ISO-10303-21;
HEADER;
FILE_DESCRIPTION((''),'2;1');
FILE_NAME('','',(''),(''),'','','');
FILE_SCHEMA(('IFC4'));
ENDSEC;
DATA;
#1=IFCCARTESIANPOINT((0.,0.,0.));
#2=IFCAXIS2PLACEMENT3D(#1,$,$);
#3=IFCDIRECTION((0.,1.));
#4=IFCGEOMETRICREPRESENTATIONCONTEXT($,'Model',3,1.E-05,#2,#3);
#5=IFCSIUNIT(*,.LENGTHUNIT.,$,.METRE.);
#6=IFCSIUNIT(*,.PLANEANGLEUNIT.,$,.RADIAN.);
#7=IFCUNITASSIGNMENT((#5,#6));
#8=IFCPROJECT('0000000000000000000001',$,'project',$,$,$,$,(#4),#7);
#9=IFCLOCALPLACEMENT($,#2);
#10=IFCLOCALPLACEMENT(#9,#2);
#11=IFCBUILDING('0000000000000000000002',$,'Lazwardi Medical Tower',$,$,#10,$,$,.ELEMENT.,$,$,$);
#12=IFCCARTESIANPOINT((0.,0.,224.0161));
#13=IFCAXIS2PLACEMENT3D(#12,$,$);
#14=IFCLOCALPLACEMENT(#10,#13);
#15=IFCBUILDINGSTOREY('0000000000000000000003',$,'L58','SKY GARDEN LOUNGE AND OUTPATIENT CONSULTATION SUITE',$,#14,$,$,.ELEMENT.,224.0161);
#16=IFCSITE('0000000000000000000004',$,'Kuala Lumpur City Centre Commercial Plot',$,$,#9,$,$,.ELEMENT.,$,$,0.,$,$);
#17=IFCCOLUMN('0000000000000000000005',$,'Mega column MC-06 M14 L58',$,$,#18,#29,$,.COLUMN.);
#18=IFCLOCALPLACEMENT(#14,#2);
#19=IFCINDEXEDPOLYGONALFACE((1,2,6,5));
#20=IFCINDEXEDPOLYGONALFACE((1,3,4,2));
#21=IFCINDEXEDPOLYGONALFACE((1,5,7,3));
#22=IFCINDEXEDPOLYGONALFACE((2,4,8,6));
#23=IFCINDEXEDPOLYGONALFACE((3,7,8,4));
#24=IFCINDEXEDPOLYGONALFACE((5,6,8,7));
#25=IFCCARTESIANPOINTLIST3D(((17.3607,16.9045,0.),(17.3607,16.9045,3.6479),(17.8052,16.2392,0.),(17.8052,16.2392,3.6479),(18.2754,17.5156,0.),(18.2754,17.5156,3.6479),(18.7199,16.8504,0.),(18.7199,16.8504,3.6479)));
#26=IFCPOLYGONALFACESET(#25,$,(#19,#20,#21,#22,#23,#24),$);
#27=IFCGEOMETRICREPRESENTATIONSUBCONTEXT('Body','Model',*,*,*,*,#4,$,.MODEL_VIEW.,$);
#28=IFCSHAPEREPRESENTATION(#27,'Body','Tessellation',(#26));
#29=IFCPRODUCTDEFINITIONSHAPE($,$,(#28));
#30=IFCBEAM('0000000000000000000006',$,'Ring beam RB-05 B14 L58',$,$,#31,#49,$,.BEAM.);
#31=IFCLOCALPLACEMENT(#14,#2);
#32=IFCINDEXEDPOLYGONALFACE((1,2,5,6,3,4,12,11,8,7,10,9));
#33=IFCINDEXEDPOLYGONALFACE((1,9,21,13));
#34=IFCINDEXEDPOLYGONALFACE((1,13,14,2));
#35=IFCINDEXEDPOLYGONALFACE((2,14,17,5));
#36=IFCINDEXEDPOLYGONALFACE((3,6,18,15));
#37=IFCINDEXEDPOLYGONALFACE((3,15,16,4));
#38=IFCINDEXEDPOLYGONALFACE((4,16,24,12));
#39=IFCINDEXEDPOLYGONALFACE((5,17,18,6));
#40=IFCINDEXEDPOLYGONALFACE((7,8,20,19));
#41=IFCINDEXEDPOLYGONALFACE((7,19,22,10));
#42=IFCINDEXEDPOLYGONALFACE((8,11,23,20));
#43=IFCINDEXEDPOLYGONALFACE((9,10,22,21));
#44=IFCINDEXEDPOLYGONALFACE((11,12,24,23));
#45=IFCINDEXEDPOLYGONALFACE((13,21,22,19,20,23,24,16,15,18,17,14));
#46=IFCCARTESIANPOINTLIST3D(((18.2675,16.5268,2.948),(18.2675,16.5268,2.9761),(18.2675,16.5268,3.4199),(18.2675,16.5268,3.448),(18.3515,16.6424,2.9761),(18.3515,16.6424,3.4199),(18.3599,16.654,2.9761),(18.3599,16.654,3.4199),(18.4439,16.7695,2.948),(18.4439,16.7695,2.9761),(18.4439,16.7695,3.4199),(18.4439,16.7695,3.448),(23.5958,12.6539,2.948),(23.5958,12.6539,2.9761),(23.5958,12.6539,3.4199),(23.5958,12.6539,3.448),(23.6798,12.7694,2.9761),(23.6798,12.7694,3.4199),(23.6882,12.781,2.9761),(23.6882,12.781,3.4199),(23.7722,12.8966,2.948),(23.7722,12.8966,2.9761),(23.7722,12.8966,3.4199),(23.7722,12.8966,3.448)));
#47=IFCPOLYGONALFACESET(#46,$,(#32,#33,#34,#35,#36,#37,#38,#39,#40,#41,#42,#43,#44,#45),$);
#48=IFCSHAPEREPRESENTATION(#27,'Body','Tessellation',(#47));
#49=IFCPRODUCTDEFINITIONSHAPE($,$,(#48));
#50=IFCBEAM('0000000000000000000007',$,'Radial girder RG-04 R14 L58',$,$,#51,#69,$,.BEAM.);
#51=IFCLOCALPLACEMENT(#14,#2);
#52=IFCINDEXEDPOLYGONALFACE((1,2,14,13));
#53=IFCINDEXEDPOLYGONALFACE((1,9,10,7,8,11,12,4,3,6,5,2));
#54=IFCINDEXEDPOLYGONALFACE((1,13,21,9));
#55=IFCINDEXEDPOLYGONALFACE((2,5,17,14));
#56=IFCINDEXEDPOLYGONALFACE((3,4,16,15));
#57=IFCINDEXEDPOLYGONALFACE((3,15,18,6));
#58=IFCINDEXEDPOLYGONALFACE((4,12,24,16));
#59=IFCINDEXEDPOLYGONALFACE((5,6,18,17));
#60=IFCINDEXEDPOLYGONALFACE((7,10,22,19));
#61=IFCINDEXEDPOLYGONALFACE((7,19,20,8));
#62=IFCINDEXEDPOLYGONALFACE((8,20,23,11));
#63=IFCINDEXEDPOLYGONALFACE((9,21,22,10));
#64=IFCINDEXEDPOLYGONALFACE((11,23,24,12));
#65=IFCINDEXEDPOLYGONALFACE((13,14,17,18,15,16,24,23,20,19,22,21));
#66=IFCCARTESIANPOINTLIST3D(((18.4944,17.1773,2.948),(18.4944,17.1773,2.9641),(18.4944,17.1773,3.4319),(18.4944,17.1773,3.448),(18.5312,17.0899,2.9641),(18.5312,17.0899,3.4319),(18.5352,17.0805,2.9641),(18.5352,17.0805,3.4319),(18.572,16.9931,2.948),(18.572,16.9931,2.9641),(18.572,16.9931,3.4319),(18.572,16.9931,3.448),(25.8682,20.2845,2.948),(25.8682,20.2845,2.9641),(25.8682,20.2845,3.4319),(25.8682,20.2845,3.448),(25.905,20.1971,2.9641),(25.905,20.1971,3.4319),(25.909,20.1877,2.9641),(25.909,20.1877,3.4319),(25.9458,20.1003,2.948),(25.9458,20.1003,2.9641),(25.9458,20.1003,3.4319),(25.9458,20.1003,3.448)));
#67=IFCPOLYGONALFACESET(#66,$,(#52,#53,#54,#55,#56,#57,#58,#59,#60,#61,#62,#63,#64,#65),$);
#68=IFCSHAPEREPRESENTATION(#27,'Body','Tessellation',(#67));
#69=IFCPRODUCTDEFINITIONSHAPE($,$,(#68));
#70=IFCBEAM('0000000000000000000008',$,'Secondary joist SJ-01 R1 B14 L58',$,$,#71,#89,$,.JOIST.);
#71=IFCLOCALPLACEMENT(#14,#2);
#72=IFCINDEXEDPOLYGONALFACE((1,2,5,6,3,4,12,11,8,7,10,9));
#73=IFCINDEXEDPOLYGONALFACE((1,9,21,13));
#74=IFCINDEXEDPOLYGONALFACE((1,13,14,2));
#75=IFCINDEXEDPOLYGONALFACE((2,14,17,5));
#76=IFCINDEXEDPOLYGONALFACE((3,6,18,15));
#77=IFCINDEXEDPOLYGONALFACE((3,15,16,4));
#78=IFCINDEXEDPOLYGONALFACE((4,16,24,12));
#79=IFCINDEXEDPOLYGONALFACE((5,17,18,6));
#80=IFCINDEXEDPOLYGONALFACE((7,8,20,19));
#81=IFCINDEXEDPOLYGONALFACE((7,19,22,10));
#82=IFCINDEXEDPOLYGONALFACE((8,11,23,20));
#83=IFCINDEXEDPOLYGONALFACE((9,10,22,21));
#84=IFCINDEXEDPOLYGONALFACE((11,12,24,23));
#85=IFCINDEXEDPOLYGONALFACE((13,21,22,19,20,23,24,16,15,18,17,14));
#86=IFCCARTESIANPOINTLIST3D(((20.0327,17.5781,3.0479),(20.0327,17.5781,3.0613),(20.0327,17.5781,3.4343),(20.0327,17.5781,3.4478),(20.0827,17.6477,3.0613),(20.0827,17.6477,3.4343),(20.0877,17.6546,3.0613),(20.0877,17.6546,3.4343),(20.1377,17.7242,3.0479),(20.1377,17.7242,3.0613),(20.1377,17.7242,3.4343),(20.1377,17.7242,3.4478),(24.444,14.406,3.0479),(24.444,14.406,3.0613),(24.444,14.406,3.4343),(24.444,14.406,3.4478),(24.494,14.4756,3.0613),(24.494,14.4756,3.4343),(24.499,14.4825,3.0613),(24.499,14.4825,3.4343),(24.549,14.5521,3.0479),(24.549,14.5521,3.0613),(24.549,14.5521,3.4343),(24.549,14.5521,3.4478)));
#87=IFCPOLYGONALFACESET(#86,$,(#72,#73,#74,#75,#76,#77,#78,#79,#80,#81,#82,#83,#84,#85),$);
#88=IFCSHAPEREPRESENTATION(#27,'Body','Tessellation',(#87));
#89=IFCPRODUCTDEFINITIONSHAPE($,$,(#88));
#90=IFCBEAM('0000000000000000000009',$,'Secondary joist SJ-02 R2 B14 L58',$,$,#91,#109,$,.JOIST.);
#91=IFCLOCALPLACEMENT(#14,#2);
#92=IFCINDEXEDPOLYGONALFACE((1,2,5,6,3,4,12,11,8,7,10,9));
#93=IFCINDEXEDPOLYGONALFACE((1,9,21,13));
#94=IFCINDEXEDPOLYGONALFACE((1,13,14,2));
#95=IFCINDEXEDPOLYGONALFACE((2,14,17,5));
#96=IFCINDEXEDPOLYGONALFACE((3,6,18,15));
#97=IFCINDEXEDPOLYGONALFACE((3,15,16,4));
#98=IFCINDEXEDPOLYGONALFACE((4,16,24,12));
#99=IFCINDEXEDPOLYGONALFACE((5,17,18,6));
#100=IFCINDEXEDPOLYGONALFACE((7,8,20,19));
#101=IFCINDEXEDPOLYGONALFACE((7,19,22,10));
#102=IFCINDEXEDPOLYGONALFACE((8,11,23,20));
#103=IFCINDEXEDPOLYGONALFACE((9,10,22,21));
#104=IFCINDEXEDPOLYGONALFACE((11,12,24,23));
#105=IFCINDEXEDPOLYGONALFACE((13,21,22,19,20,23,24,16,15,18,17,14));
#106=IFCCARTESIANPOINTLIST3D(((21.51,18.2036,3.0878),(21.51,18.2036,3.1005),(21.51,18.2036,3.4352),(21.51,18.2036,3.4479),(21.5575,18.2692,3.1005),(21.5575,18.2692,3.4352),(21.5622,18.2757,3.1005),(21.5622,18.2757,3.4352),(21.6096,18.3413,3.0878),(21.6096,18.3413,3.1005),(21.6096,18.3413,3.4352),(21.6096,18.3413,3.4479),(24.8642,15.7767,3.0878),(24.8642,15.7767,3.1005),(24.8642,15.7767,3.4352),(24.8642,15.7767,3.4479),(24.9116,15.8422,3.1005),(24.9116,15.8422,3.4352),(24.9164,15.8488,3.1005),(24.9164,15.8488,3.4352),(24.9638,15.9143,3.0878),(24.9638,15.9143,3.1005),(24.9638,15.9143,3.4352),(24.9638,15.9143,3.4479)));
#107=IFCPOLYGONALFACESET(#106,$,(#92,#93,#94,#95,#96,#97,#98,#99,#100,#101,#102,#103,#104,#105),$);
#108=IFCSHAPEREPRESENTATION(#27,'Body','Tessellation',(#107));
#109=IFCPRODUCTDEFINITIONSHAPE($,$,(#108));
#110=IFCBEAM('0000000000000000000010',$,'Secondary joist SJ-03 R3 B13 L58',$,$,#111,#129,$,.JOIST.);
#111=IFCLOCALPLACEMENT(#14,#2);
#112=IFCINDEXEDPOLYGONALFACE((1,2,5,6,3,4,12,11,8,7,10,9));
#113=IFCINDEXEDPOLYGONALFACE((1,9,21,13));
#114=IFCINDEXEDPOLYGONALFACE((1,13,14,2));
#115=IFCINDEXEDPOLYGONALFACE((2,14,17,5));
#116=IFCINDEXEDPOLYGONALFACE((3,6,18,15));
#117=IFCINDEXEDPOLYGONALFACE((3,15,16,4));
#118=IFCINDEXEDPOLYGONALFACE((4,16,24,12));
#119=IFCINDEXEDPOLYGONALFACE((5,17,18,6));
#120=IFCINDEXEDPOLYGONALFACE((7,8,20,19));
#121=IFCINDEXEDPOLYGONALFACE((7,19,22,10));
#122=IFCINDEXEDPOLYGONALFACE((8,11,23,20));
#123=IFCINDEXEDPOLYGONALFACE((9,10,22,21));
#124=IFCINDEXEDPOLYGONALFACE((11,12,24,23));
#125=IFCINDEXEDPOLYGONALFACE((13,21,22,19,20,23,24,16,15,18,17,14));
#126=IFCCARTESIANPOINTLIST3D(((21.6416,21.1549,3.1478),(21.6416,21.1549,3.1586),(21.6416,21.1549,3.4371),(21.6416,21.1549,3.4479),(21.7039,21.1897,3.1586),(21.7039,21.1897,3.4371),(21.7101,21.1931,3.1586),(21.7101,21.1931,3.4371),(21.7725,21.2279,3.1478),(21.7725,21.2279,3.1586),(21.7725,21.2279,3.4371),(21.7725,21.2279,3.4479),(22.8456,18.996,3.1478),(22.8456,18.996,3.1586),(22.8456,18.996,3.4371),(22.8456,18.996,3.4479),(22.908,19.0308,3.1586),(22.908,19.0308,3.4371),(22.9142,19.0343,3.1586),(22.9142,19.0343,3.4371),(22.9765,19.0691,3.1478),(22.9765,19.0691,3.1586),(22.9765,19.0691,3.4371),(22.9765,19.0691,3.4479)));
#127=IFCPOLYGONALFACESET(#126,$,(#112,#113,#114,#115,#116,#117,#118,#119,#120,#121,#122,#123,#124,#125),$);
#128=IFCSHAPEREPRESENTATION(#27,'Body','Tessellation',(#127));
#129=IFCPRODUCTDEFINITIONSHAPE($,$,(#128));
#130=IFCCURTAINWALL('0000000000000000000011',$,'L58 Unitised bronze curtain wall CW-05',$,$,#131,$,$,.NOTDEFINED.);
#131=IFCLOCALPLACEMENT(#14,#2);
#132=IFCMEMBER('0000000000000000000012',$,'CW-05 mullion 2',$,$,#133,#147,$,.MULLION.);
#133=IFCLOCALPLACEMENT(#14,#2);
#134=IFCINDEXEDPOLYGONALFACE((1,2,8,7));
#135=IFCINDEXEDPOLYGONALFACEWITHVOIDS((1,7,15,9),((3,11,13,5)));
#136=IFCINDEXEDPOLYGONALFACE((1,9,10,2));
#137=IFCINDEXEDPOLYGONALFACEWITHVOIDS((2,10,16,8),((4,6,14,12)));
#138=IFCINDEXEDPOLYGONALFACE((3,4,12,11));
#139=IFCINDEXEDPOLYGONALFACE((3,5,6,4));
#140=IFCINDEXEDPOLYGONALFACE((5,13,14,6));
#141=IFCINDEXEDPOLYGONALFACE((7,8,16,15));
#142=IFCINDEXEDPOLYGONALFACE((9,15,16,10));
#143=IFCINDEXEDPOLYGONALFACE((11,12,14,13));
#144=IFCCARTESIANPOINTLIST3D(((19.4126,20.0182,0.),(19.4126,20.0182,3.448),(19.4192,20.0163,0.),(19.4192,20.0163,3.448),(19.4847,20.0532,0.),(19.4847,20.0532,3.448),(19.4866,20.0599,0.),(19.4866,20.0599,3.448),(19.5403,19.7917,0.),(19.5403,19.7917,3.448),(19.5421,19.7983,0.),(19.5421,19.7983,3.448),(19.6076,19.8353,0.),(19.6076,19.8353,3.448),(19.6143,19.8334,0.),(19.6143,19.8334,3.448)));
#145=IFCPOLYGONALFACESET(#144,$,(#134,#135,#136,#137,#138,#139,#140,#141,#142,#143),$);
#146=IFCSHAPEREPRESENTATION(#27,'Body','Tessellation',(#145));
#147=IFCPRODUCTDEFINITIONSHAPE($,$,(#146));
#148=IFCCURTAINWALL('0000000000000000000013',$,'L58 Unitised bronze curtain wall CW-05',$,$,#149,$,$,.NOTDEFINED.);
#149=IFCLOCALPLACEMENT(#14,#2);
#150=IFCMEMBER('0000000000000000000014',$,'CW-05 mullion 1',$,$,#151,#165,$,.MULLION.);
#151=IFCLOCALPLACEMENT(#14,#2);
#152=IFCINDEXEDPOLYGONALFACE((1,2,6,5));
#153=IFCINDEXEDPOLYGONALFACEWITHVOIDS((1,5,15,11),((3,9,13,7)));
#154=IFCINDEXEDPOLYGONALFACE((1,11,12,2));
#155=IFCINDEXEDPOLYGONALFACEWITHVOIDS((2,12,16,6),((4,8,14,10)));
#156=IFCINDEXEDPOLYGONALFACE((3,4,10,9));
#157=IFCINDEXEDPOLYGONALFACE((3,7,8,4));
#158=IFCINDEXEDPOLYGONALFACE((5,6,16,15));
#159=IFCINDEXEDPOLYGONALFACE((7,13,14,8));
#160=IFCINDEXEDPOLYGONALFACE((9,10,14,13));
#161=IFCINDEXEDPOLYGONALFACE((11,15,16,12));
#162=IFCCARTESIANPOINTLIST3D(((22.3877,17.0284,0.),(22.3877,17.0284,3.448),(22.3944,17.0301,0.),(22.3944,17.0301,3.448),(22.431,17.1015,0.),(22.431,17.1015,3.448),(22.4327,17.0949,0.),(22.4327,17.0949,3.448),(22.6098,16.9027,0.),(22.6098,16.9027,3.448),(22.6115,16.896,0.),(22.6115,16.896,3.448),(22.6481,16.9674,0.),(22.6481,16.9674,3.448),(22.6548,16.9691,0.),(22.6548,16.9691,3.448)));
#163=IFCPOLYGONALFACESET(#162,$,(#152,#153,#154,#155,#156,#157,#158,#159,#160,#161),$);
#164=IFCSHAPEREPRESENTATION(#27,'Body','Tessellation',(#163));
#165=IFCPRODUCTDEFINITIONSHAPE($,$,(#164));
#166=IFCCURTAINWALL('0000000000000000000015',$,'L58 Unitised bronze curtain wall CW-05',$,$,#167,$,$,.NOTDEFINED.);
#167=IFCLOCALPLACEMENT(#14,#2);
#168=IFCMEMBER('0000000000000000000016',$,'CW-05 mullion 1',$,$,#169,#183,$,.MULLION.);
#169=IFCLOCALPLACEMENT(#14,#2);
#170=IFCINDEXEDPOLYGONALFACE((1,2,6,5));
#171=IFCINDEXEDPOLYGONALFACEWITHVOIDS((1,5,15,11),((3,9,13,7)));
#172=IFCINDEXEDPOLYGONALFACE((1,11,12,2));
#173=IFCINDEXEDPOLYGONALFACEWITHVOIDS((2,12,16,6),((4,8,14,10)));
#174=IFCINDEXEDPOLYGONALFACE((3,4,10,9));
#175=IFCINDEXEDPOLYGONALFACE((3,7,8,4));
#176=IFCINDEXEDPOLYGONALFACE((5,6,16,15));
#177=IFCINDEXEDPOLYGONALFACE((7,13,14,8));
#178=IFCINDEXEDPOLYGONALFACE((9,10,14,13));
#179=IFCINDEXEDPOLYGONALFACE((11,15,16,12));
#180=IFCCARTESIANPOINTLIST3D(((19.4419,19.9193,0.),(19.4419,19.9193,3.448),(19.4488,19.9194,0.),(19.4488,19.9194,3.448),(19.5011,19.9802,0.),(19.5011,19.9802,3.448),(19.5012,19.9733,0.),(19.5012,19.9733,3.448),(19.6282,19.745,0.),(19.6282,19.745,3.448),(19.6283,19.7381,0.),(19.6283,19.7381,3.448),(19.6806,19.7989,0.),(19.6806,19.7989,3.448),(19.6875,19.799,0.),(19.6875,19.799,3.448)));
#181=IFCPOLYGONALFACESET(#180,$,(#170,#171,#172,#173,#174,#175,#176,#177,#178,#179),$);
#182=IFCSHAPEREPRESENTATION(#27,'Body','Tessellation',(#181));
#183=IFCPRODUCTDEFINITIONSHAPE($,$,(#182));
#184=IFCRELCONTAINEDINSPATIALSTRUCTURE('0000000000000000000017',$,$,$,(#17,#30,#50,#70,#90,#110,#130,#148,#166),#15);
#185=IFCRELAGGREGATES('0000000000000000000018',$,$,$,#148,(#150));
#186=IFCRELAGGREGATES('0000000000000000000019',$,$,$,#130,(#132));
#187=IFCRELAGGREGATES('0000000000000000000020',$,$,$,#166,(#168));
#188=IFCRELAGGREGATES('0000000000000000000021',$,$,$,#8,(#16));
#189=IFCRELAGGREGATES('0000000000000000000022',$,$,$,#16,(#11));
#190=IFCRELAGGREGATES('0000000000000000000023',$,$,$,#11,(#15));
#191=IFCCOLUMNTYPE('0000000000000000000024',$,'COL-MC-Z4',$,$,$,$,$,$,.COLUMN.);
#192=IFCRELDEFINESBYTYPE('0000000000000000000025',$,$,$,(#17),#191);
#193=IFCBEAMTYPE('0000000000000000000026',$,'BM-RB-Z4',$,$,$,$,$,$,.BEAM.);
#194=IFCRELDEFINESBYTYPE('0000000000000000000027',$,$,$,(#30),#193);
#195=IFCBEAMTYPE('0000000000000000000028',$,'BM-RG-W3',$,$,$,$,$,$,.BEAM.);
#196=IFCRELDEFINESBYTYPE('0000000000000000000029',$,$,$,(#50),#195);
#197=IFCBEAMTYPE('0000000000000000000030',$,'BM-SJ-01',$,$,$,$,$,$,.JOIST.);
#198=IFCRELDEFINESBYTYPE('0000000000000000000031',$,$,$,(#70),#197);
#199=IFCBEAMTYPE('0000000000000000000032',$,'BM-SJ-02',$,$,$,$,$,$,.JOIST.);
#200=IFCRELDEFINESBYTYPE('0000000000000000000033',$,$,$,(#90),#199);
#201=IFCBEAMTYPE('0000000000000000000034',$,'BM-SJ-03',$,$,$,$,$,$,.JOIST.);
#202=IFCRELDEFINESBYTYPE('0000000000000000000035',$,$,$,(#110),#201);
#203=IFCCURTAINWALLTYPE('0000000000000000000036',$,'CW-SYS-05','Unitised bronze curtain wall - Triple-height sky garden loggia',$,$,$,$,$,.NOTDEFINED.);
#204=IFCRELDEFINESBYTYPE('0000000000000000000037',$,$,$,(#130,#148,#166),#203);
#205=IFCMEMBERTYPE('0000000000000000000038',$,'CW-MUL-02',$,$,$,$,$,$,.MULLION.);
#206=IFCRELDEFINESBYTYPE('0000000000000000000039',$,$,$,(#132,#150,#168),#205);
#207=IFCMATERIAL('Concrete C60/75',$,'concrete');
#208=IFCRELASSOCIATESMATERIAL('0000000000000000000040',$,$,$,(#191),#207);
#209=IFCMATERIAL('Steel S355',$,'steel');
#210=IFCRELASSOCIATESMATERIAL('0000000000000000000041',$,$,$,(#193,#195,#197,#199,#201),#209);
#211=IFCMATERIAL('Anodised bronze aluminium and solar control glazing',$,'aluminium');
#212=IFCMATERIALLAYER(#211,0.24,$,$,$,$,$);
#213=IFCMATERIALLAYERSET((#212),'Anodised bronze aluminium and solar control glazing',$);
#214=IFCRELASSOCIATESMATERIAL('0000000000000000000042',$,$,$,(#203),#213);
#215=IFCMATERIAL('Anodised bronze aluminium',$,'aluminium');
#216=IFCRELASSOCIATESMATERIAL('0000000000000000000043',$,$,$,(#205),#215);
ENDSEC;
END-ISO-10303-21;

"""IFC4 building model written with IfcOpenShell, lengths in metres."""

from ifc_helpers import new_model, si_unit, direction, frame, origin, origin_2d, place, context, subcontext, project, spatial, rectangle, hollow_rectangle, i_section, extrude, material, layer, layer_set, material_profile, profile_set, type_object, element, aggregate, save


model = new_model("IFC4")

# Units and contexts
model_context = context("Model", 3, precision=1e-05, world=origin(), true_north=direction((0.0, 1.0)))
body_context = subcontext(model_context, "Body", "Model", "MODEL_VIEW")
ifc_project = project(units=[si_unit("LENGTHUNIT", "METRE"), si_unit("PLANEANGLEUNIT", "RADIAN")], contexts=[model_context])

# Site, building, storey
site_placement = place(None, origin())
site = spatial("IfcSite", under=ifc_project, at=site_placement, Name="Kuala Lumpur City Centre Commercial Plot", CompositionType="ELEMENT", RefElevation=0.0)
building_placement = place(site_placement, origin())
building = spatial("IfcBuilding", under=site, at=building_placement, Name="Lazwardi Medical Tower", CompositionType="ELEMENT")
storey_placement = place(building_placement, frame((0.0, 0.0, 224.0161)))
storey = spatial("IfcBuildingStorey", under=building, at=storey_placement, Name="L58", Description="SKY GARDEN LOUNGE AND OUTPATIENT CONSULTATION SUITE", CompositionType="ELEMENT", Elevation=224.0161)

# Column
ifc_material_1 = material(Name="Concrete C60/75", Category="concrete")
ifc_material_profile_1 = material_profile(ifc_material_1, rectangle(XDim=1.1001, YDim=0.8, at=origin_2d()), Name="CFT-RECT 1100x800")
ifc_profile_set_1 = profile_set([ifc_material_profile_1], Name="Concrete C60/75")
column_type = type_object("IfcColumnType", Name="COL-MC-Z4", PredefinedType="COLUMN", material=ifc_profile_set_1)
column_placement = place(storey_placement, frame((18.0403, 16.8774, 0.0), z_axis=(0.0, 0.0, 1.0), x_axis=(-0.83147, -0.55557, 0.0)))
element("IfcColumn", 1, at=column_placement, inside=storey, type_object=column_type, Name="Mega column MC-06 M14 L58", PredefinedType="COLUMN", context=body_context, shape_type="SweptSolid", body=[
    extrude(rectangle(XDim=1.1001, YDim=0.8, at=origin_2d()), origin(), (0.0, 0.0, 1.0), 3.6479),
])

# Beams
ifc_material_2 = material(Name="Steel S355", Category="steel")
ifc_material_profile_2 = material_profile(ifc_material_2, i_section(OverallWidth=0.3, OverallDepth=0.5, WebThickness=0.0144, FlangeThickness=0.0281, at=origin_2d()), Name="HEB 500")
ifc_profile_set_2 = profile_set([ifc_material_profile_2], Name="Steel S355")
beam_type_1 = type_object("IfcBeamType", Name="BM-RB-Z4", PredefinedType="BEAM", material=ifc_profile_set_2)
beam_1_placement = place(storey_placement, frame((18.3557, 16.6482, 3.198), z_axis=(0.80889, -0.58796, 0.0), x_axis=(0.58796, 0.80889, 0.0)))
element("IfcBeam", 2, at=beam_1_placement, inside=storey, type_object=beam_type_1, Name="Ring beam RB-05 B14 L58", PredefinedType="BEAM", context=body_context, shape_type="SweptSolid", body=[
    extrude(i_section(OverallWidth=0.3, OverallDepth=0.5, WebThickness=0.0144, FlangeThickness=0.0281, at=origin_2d()), origin(), (0.0, 0.0, 1.0), 6.5872),
])
ifc_material_profile_3 = material_profile(ifc_material_2, i_section(OverallWidth=0.2, OverallDepth=0.5, WebThickness=0.0103, FlangeThickness=0.0161, at=origin_2d()), Name="IPE 500")
ifc_profile_set_3 = profile_set([ifc_material_profile_3], Name="Steel S355")
beam_type_2 = type_object("IfcBeamType", Name="BM-RG-W3", PredefinedType="BEAM", material=ifc_profile_set_3)
beam_2_placement = place(storey_placement, frame((18.5332, 17.0852, 3.198), z_axis=(0.921527, 0.388315, 0.0), x_axis=(-0.388315, 0.921527, 0.0)))
element("IfcBeam", 3, at=beam_2_placement, inside=storey, type_object=beam_type_2, Name="Radial girder RG-04 R14 L58", PredefinedType="BEAM", context=body_context, shape_type="SweptSolid", body=[
    extrude(i_section(OverallWidth=0.2, OverallDepth=0.5, WebThickness=0.0103, FlangeThickness=0.0161, at=origin_2d()), origin(), (0.0, 0.0, 1.0), 8.0017),
])
ifc_material_profile_4 = material_profile(ifc_material_2, i_section(OverallWidth=0.1799, OverallDepth=0.3999, WebThickness=0.0085, FlangeThickness=0.0134, at=origin_2d()), Name="IPE 400")
ifc_profile_set_4 = profile_set([ifc_material_profile_4], Name="Steel S355")
beam_type_3 = type_object("IfcBeamType", Name="BM-SJ-01", PredefinedType="JOIST", material=ifc_profile_set_4)
beam_3_placement = place(storey_placement, frame((20.0852, 17.6511, 3.2478), z_axis=(0.81189, -0.583811, 0.0), x_axis=(0.583811, 0.81189, 0.0)))
element("IfcBeam", 4, at=beam_3_placement, inside=storey, type_object=beam_type_3, Name="Secondary joist SJ-01 R1 B14 L58", PredefinedType="JOIST", context=body_context, shape_type="SweptSolid", body=[
    extrude(i_section(OverallWidth=0.1799, OverallDepth=0.3999, WebThickness=0.0085, FlangeThickness=0.0134, at=origin_2d()), origin(), (0.0, 0.0, 1.0), 5.4333),
])
ifc_material_profile_5 = material_profile(ifc_material_2, i_section(OverallWidth=0.1699, OverallDepth=0.3601, WebThickness=0.0081, FlangeThickness=0.0127, at=origin_2d()), Name="IPE 360")
ifc_profile_set_5 = profile_set([ifc_material_profile_5], Name="Steel S355")
beam_type_4 = type_object("IfcBeamType", Name="BM-SJ-02", PredefinedType="JOIST", material=ifc_profile_set_5)
beam_4_placement = place(storey_placement, frame((21.5598, 18.2725, 3.2678), z_axis=(0.810164, -0.586203, 0.0), x_axis=(0.586203, 0.810164, 0.0)))
element("IfcBeam", 5, at=beam_4_placement, inside=storey, type_object=beam_type_4, Name="Secondary joist SJ-02 R2 B14 L58", PredefinedType="JOIST", context=body_context, shape_type="SweptSolid", body=[
    extrude(i_section(OverallWidth=0.1699, OverallDepth=0.3601, WebThickness=0.0081, FlangeThickness=0.0127, at=origin_2d()), origin(), (0.0, 0.0, 1.0), 4.1401),
])
ifc_material_profile_6 = material_profile(ifc_material_2, i_section(OverallWidth=0.1499, OverallDepth=0.3, WebThickness=0.0071, FlangeThickness=0.0107, at=origin_2d()), Name="IPE 300")
ifc_profile_set_6 = profile_set([ifc_material_profile_6], Name="Steel S355")
beam_type_5 = type_object("IfcBeamType", Name="BM-SJ-03", PredefinedType="JOIST", material=ifc_profile_set_6)
beam_5_placement = place(storey_placement, frame((21.707, 21.1914, 3.2979), z_axis=(0.487093, -0.87335, 0.0), x_axis=(0.87335, 0.487093, 0.0)))
element("IfcBeam", 6, at=beam_5_placement, inside=storey, type_object=beam_type_5, Name="Secondary joist SJ-03 R3 B13 L58", PredefinedType="JOIST", context=body_context, shape_type="SweptSolid", body=[
    extrude(i_section(OverallWidth=0.1499, OverallDepth=0.3, WebThickness=0.0071, FlangeThickness=0.0107, at=origin_2d()), origin(), (0.0, 0.0, 1.0), 2.4719),
])

# Curtain walls, members
ifc_material_3 = material(Name="Anodised bronze aluminium and solar control glazing", Category="aluminium")
ifc_layer_1 = layer(ifc_material_3, 0.24)
ifc_layer_set_1 = layer_set([ifc_layer_1], Name="Anodised bronze aluminium and solar control glazing")
curtain_wall_type = type_object("IfcCurtainWallType", Name="CW-SYS-05", Description="Unitised bronze curtain wall - Triple-height sky garden loggia", PredefinedType="NOTDEFINED", material=ifc_layer_set_1)
curtain_wall_1_placement = place(storey_placement, origin())
curtain_wall_1 = element("IfcCurtainWall", 7, at=curtain_wall_1_placement, inside=storey, type_object=curtain_wall_type, Name="L58 Unitised bronze curtain wall CW-05", PredefinedType="NOTDEFINED")
ifc_material_4 = material(Name="Anodised bronze aluminium", Category="aluminium")
ifc_material_profile_7 = material_profile(ifc_material_4, hollow_rectangle(XDim=0.085, YDim=0.26, WallThickness=0.0049, at=origin_2d()), Name="ALU-MULLION 260x85x5")
ifc_profile_set_7 = profile_set([ifc_material_profile_7], Name="Anodised bronze aluminium")
member_type_1 = type_object("IfcMemberType", Name="CW-MUL-02", PredefinedType="MULLION", material=ifc_profile_set_7)
member_1_placement = place(storey_placement, frame((19.5134, 19.9258, 0.0), z_axis=(0.0, 0.0, 1.0), x_axis=(0.871061, 0.491176, 0.0)))
member_1 = element("IfcMember", 8, at=member_1_placement, type_object=member_type_1, Name="CW-05 mullion 2", PredefinedType="MULLION", context=body_context, shape_type="SweptSolid", body=[
    extrude(hollow_rectangle(XDim=0.085, YDim=0.26, WallThickness=0.0049, at=origin_2d()), origin(), (0.0, 0.0, 1.0), 3.448),
])
curtain_wall_2_placement = place(storey_placement, origin())
curtain_wall_2 = element("IfcCurtainWall", 9, at=curtain_wall_2_placement, inside=storey, type_object=curtain_wall_type, Name="L58 Unitised bronze curtain wall CW-05", PredefinedType="NOTDEFINED")
member_2_placement = place(storey_placement, frame((22.5212, 16.9988, 0.0), z_axis=(0.0, 0.0, 1.0), x_axis=(0.509273, 0.860605, 0.0)))
member_2 = element("IfcMember", 10, at=member_2_placement, type_object=member_type_1, Name="CW-05 mullion 1", PredefinedType="MULLION", context=body_context, shape_type="SweptSolid", body=[
    extrude(hollow_rectangle(XDim=0.085, YDim=0.26, WallThickness=0.0049, at=origin_2d()), origin(), (0.0, 0.0, 1.0), 3.448),
])

# Curtain wall, member
curtain_wall_3_placement = place(storey_placement, origin())
curtain_wall_3 = element("IfcCurtainWall", 11, at=curtain_wall_3_placement, inside=storey, type_object=curtain_wall_type, Name="L58 Unitised bronze curtain wall CW-05", PredefinedType="NOTDEFINED")
member_3_placement = place(storey_placement, frame((19.5647, 19.8591, 0.0), z_axis=(0.0, 0.0, 1.0), x_axis=(0.69706, 0.717012, 0.0)))
member_3 = element("IfcMember", 12, at=member_3_placement, type_object=member_type_1, Name="CW-05 mullion 1", PredefinedType="MULLION", context=body_context, shape_type="SweptSolid", body=[
    extrude(hollow_rectangle(XDim=0.085, YDim=0.26, WallThickness=0.0049, at=origin_2d()), origin(), (0.0, 0.0, 1.0), 3.448),
])

aggregate(curtain_wall_2, [member_2])

aggregate(curtain_wall_1, [member_1])
aggregate(curtain_wall_3, [member_3])

save(model, "model.ifc")
